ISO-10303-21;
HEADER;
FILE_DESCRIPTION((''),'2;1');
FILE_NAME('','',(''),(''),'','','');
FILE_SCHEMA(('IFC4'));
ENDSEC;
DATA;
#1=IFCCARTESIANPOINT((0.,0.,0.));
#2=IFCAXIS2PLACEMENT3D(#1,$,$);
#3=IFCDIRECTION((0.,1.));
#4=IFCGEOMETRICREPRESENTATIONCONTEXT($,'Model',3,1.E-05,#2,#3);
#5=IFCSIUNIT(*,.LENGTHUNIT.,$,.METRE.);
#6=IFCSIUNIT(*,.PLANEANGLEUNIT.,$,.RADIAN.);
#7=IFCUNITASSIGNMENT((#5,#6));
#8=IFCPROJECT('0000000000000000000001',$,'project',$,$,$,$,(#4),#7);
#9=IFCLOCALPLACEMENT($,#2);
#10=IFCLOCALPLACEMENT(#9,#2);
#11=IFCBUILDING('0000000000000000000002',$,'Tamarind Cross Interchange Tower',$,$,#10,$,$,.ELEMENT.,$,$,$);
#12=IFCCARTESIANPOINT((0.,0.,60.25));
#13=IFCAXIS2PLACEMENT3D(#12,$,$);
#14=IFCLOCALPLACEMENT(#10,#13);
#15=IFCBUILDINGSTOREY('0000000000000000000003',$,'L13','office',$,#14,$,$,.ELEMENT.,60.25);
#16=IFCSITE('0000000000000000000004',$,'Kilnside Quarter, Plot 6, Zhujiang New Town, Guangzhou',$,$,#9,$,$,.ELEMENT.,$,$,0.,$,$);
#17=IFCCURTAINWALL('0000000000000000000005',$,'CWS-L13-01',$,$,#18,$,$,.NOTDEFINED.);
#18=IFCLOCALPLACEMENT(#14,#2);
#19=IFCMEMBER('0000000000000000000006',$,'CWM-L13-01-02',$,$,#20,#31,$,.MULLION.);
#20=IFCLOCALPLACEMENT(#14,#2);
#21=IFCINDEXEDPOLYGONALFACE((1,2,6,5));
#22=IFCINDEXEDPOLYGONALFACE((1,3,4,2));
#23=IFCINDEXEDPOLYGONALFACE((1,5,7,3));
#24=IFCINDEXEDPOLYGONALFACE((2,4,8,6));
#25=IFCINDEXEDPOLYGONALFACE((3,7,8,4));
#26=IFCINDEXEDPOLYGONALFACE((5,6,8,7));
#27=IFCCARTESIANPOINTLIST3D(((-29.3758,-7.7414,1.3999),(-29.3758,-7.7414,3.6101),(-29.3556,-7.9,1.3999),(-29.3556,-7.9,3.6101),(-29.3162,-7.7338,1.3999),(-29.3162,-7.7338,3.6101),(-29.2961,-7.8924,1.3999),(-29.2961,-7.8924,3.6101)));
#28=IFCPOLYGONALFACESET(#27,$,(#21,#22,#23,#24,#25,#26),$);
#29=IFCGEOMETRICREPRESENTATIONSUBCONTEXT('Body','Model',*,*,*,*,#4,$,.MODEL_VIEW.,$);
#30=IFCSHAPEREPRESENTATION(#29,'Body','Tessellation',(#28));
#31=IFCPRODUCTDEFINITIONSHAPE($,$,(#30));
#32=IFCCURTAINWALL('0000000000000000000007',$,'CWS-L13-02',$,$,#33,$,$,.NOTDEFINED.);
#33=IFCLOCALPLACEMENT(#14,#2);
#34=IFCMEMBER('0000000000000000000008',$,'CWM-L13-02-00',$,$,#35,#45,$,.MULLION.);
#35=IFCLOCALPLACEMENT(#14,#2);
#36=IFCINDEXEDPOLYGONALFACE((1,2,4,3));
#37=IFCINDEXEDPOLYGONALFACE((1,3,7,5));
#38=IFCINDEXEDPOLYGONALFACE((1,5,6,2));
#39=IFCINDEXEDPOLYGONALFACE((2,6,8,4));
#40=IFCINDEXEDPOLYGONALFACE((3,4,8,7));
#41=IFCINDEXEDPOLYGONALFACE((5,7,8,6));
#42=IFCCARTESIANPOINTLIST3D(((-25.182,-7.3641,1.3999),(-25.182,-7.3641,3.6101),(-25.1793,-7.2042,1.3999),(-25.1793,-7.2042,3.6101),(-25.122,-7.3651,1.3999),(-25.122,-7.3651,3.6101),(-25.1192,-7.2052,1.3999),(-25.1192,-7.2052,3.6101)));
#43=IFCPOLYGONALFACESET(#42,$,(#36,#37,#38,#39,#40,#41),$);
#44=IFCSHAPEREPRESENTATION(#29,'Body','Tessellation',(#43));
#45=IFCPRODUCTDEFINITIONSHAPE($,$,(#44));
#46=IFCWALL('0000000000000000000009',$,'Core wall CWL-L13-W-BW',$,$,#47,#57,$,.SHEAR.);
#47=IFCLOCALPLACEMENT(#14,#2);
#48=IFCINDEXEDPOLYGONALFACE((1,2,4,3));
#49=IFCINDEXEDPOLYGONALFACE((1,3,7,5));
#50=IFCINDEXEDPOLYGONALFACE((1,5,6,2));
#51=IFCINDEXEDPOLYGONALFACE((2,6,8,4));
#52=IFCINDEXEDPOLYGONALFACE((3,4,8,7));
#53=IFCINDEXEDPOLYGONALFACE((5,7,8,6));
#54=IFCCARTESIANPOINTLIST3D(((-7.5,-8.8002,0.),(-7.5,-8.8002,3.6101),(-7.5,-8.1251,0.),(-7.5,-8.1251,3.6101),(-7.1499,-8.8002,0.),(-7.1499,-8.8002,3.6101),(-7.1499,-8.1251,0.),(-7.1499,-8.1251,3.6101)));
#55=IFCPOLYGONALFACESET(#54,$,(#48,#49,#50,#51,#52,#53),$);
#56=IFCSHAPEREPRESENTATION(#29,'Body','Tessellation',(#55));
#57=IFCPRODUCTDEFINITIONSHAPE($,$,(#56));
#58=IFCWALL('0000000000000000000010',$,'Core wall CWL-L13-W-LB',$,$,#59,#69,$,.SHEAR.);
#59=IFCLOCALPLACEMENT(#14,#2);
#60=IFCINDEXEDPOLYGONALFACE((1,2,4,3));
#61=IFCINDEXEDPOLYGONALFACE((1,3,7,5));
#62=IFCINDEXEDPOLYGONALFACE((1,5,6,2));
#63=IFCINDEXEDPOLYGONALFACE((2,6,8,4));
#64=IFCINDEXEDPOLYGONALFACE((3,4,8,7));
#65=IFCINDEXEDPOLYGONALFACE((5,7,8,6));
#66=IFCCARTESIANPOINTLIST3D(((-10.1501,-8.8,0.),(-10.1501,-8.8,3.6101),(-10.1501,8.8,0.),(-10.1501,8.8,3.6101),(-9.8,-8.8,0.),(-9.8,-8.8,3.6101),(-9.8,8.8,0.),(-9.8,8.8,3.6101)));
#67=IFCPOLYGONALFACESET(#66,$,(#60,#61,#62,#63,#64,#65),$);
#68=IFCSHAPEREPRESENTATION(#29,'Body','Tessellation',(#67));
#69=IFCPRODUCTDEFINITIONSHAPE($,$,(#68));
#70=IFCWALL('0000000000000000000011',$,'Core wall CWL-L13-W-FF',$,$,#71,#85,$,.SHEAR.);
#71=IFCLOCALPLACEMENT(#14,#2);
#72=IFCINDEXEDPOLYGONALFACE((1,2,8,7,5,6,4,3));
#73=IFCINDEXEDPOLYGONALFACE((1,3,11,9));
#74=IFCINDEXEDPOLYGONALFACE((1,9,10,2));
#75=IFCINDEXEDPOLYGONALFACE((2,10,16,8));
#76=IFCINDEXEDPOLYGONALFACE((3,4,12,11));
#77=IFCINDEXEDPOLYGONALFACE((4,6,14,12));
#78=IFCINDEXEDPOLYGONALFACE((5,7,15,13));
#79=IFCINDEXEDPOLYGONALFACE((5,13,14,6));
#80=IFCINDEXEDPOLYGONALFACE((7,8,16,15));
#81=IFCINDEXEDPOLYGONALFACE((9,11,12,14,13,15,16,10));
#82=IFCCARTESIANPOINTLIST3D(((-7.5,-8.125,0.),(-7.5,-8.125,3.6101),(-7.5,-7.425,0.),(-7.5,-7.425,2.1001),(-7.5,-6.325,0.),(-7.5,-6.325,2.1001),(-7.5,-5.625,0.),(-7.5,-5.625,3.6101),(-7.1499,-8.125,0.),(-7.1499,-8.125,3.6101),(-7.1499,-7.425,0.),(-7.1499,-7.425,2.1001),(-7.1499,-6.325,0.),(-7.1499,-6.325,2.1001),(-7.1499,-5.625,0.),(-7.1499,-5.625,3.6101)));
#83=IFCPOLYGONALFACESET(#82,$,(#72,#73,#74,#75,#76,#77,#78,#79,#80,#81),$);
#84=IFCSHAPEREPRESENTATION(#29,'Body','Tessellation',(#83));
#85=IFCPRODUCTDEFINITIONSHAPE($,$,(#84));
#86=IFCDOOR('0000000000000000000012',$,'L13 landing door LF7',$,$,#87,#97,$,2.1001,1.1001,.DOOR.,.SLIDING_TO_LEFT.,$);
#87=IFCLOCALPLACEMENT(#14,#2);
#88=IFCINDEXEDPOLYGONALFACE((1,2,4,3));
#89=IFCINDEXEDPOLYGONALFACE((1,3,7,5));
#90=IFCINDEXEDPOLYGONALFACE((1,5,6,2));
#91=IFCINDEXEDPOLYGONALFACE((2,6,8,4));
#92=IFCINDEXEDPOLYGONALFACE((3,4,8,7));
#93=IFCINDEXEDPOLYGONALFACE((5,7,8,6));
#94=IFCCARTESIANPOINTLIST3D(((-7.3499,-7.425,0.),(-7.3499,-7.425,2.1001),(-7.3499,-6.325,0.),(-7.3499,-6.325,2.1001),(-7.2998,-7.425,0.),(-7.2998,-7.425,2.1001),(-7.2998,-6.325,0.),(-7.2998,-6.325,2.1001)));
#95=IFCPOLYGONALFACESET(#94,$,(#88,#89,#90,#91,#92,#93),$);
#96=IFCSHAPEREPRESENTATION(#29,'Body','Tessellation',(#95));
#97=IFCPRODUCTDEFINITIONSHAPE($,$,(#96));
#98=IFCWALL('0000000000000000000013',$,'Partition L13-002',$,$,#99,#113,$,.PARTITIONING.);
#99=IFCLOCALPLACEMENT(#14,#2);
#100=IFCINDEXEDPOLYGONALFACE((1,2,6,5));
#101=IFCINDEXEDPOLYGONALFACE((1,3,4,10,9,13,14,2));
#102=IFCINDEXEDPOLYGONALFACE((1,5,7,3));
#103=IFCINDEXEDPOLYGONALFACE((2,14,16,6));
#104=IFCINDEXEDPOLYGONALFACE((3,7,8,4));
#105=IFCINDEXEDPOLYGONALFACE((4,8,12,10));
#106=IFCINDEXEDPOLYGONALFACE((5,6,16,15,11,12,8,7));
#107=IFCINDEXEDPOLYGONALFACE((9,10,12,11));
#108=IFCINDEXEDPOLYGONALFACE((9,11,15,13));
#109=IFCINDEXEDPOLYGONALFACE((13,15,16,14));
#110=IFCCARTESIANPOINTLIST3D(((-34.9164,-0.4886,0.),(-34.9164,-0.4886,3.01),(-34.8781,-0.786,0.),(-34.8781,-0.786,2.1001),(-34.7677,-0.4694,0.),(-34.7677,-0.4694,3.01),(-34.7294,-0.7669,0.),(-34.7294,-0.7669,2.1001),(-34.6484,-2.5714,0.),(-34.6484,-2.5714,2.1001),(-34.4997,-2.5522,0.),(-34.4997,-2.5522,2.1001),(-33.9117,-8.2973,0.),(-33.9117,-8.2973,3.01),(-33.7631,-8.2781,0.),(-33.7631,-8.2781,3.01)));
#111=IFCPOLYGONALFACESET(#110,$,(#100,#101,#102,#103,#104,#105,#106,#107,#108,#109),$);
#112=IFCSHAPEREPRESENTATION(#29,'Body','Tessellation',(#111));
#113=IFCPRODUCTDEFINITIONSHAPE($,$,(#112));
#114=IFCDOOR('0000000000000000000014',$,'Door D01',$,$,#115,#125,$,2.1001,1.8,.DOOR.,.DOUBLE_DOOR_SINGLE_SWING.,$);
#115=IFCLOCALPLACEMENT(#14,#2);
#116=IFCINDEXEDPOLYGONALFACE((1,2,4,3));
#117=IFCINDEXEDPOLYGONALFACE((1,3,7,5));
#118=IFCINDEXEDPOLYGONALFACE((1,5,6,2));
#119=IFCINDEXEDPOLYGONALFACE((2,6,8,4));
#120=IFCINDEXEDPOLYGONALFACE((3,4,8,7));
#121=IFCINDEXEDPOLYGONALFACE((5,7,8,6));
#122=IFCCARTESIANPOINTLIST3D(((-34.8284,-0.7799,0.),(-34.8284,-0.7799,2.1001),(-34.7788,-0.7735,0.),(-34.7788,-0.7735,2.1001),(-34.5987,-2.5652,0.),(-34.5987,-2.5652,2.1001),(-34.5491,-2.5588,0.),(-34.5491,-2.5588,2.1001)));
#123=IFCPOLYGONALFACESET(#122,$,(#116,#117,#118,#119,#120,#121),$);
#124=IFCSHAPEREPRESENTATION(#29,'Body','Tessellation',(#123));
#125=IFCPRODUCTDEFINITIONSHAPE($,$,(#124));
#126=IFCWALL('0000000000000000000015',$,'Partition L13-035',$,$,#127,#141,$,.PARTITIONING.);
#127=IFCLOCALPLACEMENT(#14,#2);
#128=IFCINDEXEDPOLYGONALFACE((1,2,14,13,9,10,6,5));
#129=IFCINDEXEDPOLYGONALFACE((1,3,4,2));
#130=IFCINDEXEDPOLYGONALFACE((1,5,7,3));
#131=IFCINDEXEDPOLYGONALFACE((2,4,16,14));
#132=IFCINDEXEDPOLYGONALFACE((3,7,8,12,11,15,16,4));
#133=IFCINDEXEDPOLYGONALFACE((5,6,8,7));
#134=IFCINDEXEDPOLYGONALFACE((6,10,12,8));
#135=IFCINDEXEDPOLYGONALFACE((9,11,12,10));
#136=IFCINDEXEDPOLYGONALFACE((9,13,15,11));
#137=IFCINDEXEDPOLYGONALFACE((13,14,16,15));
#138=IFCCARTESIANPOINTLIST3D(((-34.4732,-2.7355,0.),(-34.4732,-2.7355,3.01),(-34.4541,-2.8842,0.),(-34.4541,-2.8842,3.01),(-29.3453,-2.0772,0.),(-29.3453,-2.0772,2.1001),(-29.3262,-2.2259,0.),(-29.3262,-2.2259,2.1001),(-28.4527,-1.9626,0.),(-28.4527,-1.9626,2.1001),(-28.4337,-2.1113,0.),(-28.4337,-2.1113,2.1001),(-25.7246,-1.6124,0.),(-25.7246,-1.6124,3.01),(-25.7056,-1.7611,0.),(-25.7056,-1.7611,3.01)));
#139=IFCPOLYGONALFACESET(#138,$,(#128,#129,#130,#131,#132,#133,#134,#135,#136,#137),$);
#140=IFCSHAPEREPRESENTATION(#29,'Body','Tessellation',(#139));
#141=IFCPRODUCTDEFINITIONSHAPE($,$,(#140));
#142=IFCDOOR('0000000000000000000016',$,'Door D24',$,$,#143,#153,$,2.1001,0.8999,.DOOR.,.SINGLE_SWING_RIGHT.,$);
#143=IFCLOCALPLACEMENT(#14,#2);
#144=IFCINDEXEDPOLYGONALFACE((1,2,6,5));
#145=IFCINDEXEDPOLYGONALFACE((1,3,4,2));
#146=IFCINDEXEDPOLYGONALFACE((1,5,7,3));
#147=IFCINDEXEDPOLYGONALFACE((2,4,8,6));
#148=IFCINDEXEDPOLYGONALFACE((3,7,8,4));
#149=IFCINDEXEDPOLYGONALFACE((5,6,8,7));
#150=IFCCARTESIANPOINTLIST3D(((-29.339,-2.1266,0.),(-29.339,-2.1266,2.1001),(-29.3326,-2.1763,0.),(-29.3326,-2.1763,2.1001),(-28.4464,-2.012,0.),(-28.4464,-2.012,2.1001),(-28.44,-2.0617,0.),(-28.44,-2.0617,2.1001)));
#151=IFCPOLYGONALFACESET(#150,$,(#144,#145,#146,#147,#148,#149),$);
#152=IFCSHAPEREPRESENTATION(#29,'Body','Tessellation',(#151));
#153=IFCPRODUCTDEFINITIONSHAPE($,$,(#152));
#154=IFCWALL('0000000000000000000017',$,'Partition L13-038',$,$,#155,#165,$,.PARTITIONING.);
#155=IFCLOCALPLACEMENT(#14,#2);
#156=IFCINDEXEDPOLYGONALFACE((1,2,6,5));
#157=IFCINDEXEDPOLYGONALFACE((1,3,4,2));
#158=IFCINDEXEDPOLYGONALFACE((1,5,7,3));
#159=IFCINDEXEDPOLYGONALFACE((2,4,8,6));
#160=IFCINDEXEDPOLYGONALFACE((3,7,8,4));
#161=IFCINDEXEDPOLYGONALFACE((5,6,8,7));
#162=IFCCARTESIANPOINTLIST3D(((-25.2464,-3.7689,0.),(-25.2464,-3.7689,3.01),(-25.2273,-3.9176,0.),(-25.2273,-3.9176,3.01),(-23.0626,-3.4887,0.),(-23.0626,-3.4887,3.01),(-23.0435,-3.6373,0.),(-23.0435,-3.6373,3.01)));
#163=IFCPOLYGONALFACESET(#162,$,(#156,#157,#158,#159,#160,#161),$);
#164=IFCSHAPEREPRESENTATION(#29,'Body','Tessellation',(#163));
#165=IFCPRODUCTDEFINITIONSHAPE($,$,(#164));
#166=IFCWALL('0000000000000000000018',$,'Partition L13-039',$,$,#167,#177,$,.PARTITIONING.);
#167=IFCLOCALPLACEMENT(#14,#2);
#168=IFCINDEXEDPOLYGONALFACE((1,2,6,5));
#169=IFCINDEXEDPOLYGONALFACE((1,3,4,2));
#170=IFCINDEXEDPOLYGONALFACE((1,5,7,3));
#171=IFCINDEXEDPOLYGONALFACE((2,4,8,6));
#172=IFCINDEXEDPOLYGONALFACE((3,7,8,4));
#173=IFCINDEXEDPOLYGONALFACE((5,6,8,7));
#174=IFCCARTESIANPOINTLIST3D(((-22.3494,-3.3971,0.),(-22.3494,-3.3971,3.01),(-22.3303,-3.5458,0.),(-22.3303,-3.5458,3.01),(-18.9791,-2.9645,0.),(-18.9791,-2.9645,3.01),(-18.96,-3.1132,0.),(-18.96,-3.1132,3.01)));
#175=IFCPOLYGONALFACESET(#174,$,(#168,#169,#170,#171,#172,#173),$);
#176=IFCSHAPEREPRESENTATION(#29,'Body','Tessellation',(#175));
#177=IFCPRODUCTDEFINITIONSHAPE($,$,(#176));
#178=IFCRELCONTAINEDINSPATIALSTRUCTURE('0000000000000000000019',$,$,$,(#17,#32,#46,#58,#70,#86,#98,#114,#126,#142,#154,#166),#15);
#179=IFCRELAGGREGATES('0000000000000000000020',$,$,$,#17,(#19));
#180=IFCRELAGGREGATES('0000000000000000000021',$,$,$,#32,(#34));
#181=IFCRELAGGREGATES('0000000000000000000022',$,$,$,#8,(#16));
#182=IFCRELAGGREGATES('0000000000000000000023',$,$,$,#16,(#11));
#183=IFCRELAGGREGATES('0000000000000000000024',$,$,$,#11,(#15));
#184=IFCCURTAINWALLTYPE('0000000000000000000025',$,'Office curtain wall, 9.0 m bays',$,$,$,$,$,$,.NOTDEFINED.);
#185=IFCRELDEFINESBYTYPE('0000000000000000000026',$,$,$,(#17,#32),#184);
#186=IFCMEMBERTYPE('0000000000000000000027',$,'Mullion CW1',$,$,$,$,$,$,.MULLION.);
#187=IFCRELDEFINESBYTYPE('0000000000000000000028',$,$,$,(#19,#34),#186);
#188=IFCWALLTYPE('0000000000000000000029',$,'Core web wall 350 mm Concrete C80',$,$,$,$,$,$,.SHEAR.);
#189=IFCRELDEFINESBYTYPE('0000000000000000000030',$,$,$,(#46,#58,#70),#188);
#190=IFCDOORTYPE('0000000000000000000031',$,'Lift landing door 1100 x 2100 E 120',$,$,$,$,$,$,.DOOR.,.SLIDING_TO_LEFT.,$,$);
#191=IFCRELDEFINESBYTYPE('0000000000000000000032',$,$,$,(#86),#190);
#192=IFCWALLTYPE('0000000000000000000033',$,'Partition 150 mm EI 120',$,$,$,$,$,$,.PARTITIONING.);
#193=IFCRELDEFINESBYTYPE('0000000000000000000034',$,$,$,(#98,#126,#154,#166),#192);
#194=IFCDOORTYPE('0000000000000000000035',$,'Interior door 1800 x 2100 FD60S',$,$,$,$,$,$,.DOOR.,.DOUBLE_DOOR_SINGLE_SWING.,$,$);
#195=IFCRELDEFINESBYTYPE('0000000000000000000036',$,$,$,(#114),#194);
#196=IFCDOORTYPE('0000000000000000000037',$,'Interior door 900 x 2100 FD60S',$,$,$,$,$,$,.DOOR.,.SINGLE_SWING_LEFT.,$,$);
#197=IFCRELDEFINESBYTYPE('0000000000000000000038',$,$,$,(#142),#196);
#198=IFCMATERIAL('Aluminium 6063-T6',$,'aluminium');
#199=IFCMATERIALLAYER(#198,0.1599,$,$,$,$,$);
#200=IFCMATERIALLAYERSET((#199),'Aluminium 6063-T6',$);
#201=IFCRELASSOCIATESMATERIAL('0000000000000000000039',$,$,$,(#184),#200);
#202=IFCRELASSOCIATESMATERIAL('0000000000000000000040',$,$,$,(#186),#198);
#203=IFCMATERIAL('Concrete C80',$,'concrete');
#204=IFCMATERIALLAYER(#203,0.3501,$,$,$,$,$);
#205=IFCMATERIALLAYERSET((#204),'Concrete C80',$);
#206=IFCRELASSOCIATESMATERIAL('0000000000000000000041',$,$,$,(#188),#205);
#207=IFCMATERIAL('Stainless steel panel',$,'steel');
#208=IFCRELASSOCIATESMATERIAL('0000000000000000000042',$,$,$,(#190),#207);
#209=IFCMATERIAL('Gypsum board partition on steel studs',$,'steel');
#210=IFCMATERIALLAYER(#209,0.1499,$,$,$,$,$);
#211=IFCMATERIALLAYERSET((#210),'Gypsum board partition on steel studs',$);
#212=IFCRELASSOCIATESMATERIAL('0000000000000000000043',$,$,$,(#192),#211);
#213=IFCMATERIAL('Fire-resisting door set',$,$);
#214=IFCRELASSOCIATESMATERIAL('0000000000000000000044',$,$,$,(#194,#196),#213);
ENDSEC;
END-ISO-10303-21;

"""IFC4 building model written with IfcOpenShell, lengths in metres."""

from ifc_helpers import new_model, si_unit, direction, frame, frame_2d, origin, origin_2d, place, context, subcontext, project, spatial, rectangle, extrude, material, layer, layer_set, material_profile, profile_set, type_object, element, fill, aggregate, save


model = new_model("IFC4")

# Units and contexts
model_context = context("Model", 3, precision=1e-05, world=origin(), true_north=direction((0.0, 1.0)))
body_context = subcontext(model_context, "Body", "Model", "MODEL_VIEW")
ifc_project = project(units=[si_unit("LENGTHUNIT", "METRE"), si_unit("PLANEANGLEUNIT", "RADIAN")], contexts=[model_context])

# Site, building, storey
site_placement = place(None, origin())
site = spatial("IfcSite", under=ifc_project, at=site_placement, Name="Kilnside Quarter, Plot 6, Zhujiang New Town, Guangzhou", CompositionType="ELEMENT", RefElevation=0.0)
building_placement = place(site_placement, origin())
building = spatial("IfcBuilding", under=site, at=building_placement, Name="Tamarind Cross Interchange Tower", CompositionType="ELEMENT")
storey_placement = place(building_placement, frame((0.0, 0.0, 60.25)))
storey = spatial("IfcBuildingStorey", under=building, at=storey_placement, Name="L13", Description="office", CompositionType="ELEMENT", Elevation=60.25)

# Curtain walls, members
ifc_material_1 = material(Name="Aluminium 6063-T6", Category="aluminium")
ifc_layer_1 = layer(ifc_material_1, 0.1599)
ifc_layer_set_1 = layer_set([ifc_layer_1], Name="Aluminium 6063-T6")
curtain_wall_type = type_object("IfcCurtainWallType", Name="Office curtain wall, 9.0 m bays", PredefinedType="NOTDEFINED", material=ifc_layer_set_1)
curtain_wall_1_placement = place(storey_placement, origin())
curtain_wall_1 = element("IfcCurtainWall", 1, at=curtain_wall_1_placement, inside=storey, type_object=curtain_wall_type, Name="CWS-L13-01", PredefinedType="NOTDEFINED")
ifc_material_profile_1 = material_profile(ifc_material_1, rectangle(XDim=0.0601, YDim=0.1599, at=origin_2d()), Name="Mullion CW1")
ifc_profile_set_1 = profile_set([ifc_material_profile_1], Name="Aluminium 6063-T6")
member_type = type_object("IfcMemberType", Name="Mullion CW1", PredefinedType="MULLION", material=ifc_profile_set_1)
member_1_placement = place(storey_placement, frame((-29.3359, -7.8169, 1.3999), z_axis=(0.0, 0.0, 1.0), x_axis=(0.99201, 0.126161, 0.0)))
member_1 = element("IfcMember", 2, at=member_1_placement, type_object=member_type, Name="CWM-L13-01-02", PredefinedType="MULLION", context=body_context, shape_type="SweptSolid", body=[
    extrude(rectangle(XDim=0.0601, YDim=0.1599, at=origin_2d()), origin(), (0.0, 0.0, 1.0), 2.2102),
])
aggregate(curtain_wall_1, [member_1])
curtain_wall_2_placement = place(storey_placement, origin())
curtain_wall_2 = element("IfcCurtainWall", 3, at=curtain_wall_2_placement, inside=storey, type_object=curtain_wall_type, Name="CWS-L13-02", PredefinedType="NOTDEFINED")
member_2_placement = place(storey_placement, frame((-25.1506, -7.2847, 1.3999), z_axis=(0.0, 0.0, 1.0), x_axis=(0.999852, -0.017195, 0.0)))
member_2 = element("IfcMember", 4, at=member_2_placement, type_object=member_type, Name="CWM-L13-02-00", PredefinedType="MULLION", context=body_context, shape_type="SweptSolid", body=[
    extrude(rectangle(XDim=0.0601, YDim=0.1599, at=origin_2d()), origin(), (0.0, 0.0, 1.0), 2.2102),
])
aggregate(curtain_wall_2, [member_2])

# Walls
ifc_material_2 = material(Name="Concrete C80", Category="concrete")
ifc_layer_2 = layer(ifc_material_2, 0.3501)
ifc_layer_set_2 = layer_set([ifc_layer_2], Name="Concrete C80")
wall_type_1 = type_object("IfcWallType", Name="Core web wall 350 mm Concrete C80", PredefinedType="SHEAR", material=ifc_layer_set_2)
wall_1_placement = place(storey_placement, frame((-7.325, -8.8, 0.0), z_axis=(0.0, 0.0, 1.0), x_axis=(0.0, 1.0, 0.0)))
element("IfcWall", 5, at=wall_1_placement, inside=storey, type_object=wall_type_1, Name="Core wall CWL-L13-W-BW", PredefinedType="SHEAR", context=body_context, shape_type="SweptSolid", body=[
    extrude(rectangle(XDim=0.675, YDim=0.3501, at=frame_2d((0.3374, 0.0))), origin(), (0.0, 0.0, 1.0), 3.6101),
])
wall_2_placement = place(storey_placement, frame((-9.9751, -8.8, 0.0), z_axis=(0.0, 0.0, 1.0), x_axis=(0.0, 1.0, 0.0)))
element("IfcWall", 6, at=wall_2_placement, inside=storey, type_object=wall_type_1, Name="Core wall CWL-L13-W-LB", PredefinedType="SHEAR", context=body_context, shape_type="SweptSolid", body=[
    extrude(rectangle(XDim=17.6001, YDim=0.3501, at=frame_2d((8.8, 0.0))), origin(), (0.0, 0.0, 1.0), 3.6101),
])

# Walls, openings, doors
wall_3_placement = place(storey_placement, frame((-7.325, -8.125, 0.0), z_axis=(0.0, 0.0, 1.0), x_axis=(0.0, 1.0, 0.0)))
wall_3 = element("IfcWall", 7, at=wall_3_placement, inside=storey, type_object=wall_type_1, Name="Core wall CWL-L13-W-FF", PredefinedType="SHEAR", context=body_context, shape_type="SweptSolid", body=[
    extrude(rectangle(XDim=2.5, YDim=0.3501, at=frame_2d((1.25, 0.0))), origin(), (0.0, 0.0, 1.0), 3.6101),
])
opening_1_placement = place(wall_3_placement, frame((0.7, 0.0, 0.0)))
opening_1 = element("IfcOpeningElement", 8, at=opening_1_placement, cuts=wall_3, PredefinedType="OPENING", context=body_context, shape_type="SweptSolid", body=[
    extrude(rectangle(XDim=1.1001, YDim=2.1001, at=frame_2d((0.55, 1.05))), frame((0.0, 0.1851, 0.0), z_axis=(0.0, -1.0, 0.0), x_axis=(1.0, 0.0, 0.0)), (0.0, 0.0, 1.0), 0.3701),
])
ifc_material_3 = material(Name="Stainless steel panel", Category="steel")
door_type_1 = type_object("IfcDoorType", Name="Lift landing door 1100 x 2100 E 120", OperationType="SLIDING_TO_LEFT", PredefinedType="DOOR", material=ifc_material_3)
door_1_placement = place(opening_1_placement, origin())
door_1 = element("IfcDoor", 9, at=door_1_placement, inside=storey, type_object=door_type_1, Name="L13 landing door LF7", OperationType="SLIDING_TO_LEFT", OverallHeight=2.1001, OverallWidth=1.1001, PredefinedType="DOOR", context=body_context, shape_type="SweptSolid", body=[
    extrude(rectangle(XDim=1.1001, YDim=2.1001, at=frame_2d((0.55, 1.05))), frame((0.0, 0.0249, 0.0), z_axis=(0.0, -1.0, 0.0), x_axis=(1.0, 0.0, 0.0)), (0.0, 0.0, 1.0), 0.05),
])
fill(opening_1, door_1)
ifc_material_4 = material(Name="Gypsum board partition on steel studs", Category="steel")
ifc_layer_3 = layer(ifc_material_4, 0.1499)
ifc_layer_set_3 = layer_set([ifc_layer_3], Name="Gypsum board partition on steel studs")
wall_type_2 = type_object("IfcWallType", Name="Partition 150 mm EI 120", PredefinedType="PARTITIONING", material=ifc_layer_set_3)
wall_4_placement = place(storey_placement, frame((-34.842, -0.479, 0.0), z_axis=(0.0, 0.0, 1.0), x_axis=(0.127606, -0.991825, 0.0)))
wall_4 = element("IfcWall", 10, at=wall_4_placement, inside=storey, type_object=wall_type_2, Name="Partition L13-002", PredefinedType="PARTITIONING", context=body_context, shape_type="SweptSolid", body=[
    extrude(rectangle(XDim=7.873, YDim=0.1499, at=frame_2d((3.9365, 0.0))), origin(), (0.0, 0.0, 1.0), 3.01),
])
opening_2_placement = place(wall_4_placement, frame((0.3, 0.0, 0.0)))
opening_2 = element("IfcOpeningElement", 11, at=opening_2_placement, cuts=wall_4, PredefinedType="OPENING", context=body_context, shape_type="SweptSolid", body=[
    extrude(rectangle(XDim=1.8, YDim=2.1001, at=frame_2d((0.8999, 1.05))), frame((0.0, 0.085, 0.0), z_axis=(0.0, -1.0, 0.0), x_axis=(1.0, 0.0, 0.0)), (0.0, 0.0, 1.0), 0.1699),
])
ifc_material_5 = material(Name="Fire-resisting door set")
door_type_2 = type_object("IfcDoorType", Name="Interior door 1800 x 2100 FD60S", OperationType="DOUBLE_DOOR_SINGLE_SWING", PredefinedType="DOOR", material=ifc_material_5)
door_2_placement = place(opening_2_placement, frame((1.8, 0.0, 0.0), z_axis=(0.0, 0.0, 1.0), x_axis=(-1.0, 0.0, 0.0)))
door_2 = element("IfcDoor", 12, at=door_2_placement, inside=storey, type_object=door_type_2, Name="Door D01", OperationType="DOUBLE_DOOR_SINGLE_SWING", OverallHeight=2.1001, OverallWidth=1.8, PredefinedType="DOOR", context=body_context, shape_type="SweptSolid", body=[
    extrude(rectangle(XDim=1.8, YDim=2.1001, at=frame_2d((0.8999, 1.05))), frame((0.0, 0.0249, 0.0), z_axis=(0.0, -1.0, 0.0), x_axis=(1.0, 0.0, 0.0)), (0.0, 0.0, 1.0), 0.05),
])
fill(opening_2, door_2)
wall_5_placement = place(storey_placement, frame((-34.4636, -2.8098, 0.0), z_axis=(0.0, 0.0, 1.0), x_axis=(0.991861, 0.127325, 0.0)))
wall_5 = element("IfcWall", 13, at=wall_5_placement, inside=storey, type_object=wall_type_2, Name="Partition L13-035", PredefinedType="PARTITIONING", context=body_context, shape_type="SweptSolid", body=[
    extrude(rectangle(XDim=8.8203, YDim=0.1499, at=frame_2d((4.4102, 0.0))), origin(), (0.0, 0.0, 1.0), 3.01),
])
opening_3_placement = place(wall_5_placement, frame((5.1699, 0.0, 0.0)))
opening_3 = element("IfcOpeningElement", 14, at=opening_3_placement, cuts=wall_5, PredefinedType="OPENING", context=body_context, shape_type="SweptSolid", body=[
    extrude(rectangle(XDim=0.8999, YDim=2.1001, at=frame_2d((0.45, 1.05))), frame((0.0, 0.085, 0.0), z_axis=(0.0, -1.0, 0.0), x_axis=(1.0, 0.0, 0.0)), (0.0, 0.0, 1.0), 0.1699),
])
door_type_3 = type_object("IfcDoorType", Name="Interior door 900 x 2100 FD60S", OperationType="SINGLE_SWING_LEFT", PredefinedType="DOOR", material=ifc_material_5)
door_3_placement = place(opening_3_placement, frame((0.8999, 0.0, 0.0), z_axis=(0.0, 0.0, 1.0), x_axis=(-1.0, 0.0, 0.0)))
door_3 = element("IfcDoor", 15, at=door_3_placement, inside=storey, type_object=door_type_3, Name="Door D24", OperationType="SINGLE_SWING_RIGHT", OverallHeight=2.1001, OverallWidth=0.8999, PredefinedType="DOOR", context=body_context, shape_type="SweptSolid", body=[
    extrude(rectangle(XDim=0.8999, YDim=2.1001, at=frame_2d((0.45, 1.05))), frame((0.0, 0.0249, 0.0), z_axis=(0.0, -1.0, 0.0), x_axis=(1.0, 0.0, 0.0)), (0.0, 0.0, 1.0), 0.05),
])
fill(opening_3, door_3)

# Walls
wall_6_placement = place(storey_placement, frame((-25.2368, -3.8433, 0.0), z_axis=(0.0, 0.0, 1.0), x_axis=(0.991865, 0.127296, 0.0)))
element("IfcWall", 16, at=wall_6_placement, inside=storey, type_object=wall_type_2, Name="Partition L13-038", PredefinedType="PARTITIONING", context=body_context, shape_type="SweptSolid", body=[
    extrude(rectangle(XDim=2.2017, YDim=0.1499, at=frame_2d((1.1008, 0.0))), origin(), (0.0, 0.0, 1.0), 3.01),
])
wall_7_placement = place(storey_placement, frame((-22.3398, -3.4714, 0.0), z_axis=(0.0, 0.0, 1.0), x_axis=(0.991862, 0.127315, 0.0)))
element("IfcWall", 17, at=wall_7_placement, inside=storey, type_object=wall_type_2, Name="Partition L13-039", PredefinedType="PARTITIONING", context=body_context, shape_type="SweptSolid", body=[
    extrude(rectangle(XDim=3.3979, YDim=0.1499, at=frame_2d((1.699, 0.0))), origin(), (0.0, 0.0, 1.0), 3.01),
])

save(model, "model.ifc")
